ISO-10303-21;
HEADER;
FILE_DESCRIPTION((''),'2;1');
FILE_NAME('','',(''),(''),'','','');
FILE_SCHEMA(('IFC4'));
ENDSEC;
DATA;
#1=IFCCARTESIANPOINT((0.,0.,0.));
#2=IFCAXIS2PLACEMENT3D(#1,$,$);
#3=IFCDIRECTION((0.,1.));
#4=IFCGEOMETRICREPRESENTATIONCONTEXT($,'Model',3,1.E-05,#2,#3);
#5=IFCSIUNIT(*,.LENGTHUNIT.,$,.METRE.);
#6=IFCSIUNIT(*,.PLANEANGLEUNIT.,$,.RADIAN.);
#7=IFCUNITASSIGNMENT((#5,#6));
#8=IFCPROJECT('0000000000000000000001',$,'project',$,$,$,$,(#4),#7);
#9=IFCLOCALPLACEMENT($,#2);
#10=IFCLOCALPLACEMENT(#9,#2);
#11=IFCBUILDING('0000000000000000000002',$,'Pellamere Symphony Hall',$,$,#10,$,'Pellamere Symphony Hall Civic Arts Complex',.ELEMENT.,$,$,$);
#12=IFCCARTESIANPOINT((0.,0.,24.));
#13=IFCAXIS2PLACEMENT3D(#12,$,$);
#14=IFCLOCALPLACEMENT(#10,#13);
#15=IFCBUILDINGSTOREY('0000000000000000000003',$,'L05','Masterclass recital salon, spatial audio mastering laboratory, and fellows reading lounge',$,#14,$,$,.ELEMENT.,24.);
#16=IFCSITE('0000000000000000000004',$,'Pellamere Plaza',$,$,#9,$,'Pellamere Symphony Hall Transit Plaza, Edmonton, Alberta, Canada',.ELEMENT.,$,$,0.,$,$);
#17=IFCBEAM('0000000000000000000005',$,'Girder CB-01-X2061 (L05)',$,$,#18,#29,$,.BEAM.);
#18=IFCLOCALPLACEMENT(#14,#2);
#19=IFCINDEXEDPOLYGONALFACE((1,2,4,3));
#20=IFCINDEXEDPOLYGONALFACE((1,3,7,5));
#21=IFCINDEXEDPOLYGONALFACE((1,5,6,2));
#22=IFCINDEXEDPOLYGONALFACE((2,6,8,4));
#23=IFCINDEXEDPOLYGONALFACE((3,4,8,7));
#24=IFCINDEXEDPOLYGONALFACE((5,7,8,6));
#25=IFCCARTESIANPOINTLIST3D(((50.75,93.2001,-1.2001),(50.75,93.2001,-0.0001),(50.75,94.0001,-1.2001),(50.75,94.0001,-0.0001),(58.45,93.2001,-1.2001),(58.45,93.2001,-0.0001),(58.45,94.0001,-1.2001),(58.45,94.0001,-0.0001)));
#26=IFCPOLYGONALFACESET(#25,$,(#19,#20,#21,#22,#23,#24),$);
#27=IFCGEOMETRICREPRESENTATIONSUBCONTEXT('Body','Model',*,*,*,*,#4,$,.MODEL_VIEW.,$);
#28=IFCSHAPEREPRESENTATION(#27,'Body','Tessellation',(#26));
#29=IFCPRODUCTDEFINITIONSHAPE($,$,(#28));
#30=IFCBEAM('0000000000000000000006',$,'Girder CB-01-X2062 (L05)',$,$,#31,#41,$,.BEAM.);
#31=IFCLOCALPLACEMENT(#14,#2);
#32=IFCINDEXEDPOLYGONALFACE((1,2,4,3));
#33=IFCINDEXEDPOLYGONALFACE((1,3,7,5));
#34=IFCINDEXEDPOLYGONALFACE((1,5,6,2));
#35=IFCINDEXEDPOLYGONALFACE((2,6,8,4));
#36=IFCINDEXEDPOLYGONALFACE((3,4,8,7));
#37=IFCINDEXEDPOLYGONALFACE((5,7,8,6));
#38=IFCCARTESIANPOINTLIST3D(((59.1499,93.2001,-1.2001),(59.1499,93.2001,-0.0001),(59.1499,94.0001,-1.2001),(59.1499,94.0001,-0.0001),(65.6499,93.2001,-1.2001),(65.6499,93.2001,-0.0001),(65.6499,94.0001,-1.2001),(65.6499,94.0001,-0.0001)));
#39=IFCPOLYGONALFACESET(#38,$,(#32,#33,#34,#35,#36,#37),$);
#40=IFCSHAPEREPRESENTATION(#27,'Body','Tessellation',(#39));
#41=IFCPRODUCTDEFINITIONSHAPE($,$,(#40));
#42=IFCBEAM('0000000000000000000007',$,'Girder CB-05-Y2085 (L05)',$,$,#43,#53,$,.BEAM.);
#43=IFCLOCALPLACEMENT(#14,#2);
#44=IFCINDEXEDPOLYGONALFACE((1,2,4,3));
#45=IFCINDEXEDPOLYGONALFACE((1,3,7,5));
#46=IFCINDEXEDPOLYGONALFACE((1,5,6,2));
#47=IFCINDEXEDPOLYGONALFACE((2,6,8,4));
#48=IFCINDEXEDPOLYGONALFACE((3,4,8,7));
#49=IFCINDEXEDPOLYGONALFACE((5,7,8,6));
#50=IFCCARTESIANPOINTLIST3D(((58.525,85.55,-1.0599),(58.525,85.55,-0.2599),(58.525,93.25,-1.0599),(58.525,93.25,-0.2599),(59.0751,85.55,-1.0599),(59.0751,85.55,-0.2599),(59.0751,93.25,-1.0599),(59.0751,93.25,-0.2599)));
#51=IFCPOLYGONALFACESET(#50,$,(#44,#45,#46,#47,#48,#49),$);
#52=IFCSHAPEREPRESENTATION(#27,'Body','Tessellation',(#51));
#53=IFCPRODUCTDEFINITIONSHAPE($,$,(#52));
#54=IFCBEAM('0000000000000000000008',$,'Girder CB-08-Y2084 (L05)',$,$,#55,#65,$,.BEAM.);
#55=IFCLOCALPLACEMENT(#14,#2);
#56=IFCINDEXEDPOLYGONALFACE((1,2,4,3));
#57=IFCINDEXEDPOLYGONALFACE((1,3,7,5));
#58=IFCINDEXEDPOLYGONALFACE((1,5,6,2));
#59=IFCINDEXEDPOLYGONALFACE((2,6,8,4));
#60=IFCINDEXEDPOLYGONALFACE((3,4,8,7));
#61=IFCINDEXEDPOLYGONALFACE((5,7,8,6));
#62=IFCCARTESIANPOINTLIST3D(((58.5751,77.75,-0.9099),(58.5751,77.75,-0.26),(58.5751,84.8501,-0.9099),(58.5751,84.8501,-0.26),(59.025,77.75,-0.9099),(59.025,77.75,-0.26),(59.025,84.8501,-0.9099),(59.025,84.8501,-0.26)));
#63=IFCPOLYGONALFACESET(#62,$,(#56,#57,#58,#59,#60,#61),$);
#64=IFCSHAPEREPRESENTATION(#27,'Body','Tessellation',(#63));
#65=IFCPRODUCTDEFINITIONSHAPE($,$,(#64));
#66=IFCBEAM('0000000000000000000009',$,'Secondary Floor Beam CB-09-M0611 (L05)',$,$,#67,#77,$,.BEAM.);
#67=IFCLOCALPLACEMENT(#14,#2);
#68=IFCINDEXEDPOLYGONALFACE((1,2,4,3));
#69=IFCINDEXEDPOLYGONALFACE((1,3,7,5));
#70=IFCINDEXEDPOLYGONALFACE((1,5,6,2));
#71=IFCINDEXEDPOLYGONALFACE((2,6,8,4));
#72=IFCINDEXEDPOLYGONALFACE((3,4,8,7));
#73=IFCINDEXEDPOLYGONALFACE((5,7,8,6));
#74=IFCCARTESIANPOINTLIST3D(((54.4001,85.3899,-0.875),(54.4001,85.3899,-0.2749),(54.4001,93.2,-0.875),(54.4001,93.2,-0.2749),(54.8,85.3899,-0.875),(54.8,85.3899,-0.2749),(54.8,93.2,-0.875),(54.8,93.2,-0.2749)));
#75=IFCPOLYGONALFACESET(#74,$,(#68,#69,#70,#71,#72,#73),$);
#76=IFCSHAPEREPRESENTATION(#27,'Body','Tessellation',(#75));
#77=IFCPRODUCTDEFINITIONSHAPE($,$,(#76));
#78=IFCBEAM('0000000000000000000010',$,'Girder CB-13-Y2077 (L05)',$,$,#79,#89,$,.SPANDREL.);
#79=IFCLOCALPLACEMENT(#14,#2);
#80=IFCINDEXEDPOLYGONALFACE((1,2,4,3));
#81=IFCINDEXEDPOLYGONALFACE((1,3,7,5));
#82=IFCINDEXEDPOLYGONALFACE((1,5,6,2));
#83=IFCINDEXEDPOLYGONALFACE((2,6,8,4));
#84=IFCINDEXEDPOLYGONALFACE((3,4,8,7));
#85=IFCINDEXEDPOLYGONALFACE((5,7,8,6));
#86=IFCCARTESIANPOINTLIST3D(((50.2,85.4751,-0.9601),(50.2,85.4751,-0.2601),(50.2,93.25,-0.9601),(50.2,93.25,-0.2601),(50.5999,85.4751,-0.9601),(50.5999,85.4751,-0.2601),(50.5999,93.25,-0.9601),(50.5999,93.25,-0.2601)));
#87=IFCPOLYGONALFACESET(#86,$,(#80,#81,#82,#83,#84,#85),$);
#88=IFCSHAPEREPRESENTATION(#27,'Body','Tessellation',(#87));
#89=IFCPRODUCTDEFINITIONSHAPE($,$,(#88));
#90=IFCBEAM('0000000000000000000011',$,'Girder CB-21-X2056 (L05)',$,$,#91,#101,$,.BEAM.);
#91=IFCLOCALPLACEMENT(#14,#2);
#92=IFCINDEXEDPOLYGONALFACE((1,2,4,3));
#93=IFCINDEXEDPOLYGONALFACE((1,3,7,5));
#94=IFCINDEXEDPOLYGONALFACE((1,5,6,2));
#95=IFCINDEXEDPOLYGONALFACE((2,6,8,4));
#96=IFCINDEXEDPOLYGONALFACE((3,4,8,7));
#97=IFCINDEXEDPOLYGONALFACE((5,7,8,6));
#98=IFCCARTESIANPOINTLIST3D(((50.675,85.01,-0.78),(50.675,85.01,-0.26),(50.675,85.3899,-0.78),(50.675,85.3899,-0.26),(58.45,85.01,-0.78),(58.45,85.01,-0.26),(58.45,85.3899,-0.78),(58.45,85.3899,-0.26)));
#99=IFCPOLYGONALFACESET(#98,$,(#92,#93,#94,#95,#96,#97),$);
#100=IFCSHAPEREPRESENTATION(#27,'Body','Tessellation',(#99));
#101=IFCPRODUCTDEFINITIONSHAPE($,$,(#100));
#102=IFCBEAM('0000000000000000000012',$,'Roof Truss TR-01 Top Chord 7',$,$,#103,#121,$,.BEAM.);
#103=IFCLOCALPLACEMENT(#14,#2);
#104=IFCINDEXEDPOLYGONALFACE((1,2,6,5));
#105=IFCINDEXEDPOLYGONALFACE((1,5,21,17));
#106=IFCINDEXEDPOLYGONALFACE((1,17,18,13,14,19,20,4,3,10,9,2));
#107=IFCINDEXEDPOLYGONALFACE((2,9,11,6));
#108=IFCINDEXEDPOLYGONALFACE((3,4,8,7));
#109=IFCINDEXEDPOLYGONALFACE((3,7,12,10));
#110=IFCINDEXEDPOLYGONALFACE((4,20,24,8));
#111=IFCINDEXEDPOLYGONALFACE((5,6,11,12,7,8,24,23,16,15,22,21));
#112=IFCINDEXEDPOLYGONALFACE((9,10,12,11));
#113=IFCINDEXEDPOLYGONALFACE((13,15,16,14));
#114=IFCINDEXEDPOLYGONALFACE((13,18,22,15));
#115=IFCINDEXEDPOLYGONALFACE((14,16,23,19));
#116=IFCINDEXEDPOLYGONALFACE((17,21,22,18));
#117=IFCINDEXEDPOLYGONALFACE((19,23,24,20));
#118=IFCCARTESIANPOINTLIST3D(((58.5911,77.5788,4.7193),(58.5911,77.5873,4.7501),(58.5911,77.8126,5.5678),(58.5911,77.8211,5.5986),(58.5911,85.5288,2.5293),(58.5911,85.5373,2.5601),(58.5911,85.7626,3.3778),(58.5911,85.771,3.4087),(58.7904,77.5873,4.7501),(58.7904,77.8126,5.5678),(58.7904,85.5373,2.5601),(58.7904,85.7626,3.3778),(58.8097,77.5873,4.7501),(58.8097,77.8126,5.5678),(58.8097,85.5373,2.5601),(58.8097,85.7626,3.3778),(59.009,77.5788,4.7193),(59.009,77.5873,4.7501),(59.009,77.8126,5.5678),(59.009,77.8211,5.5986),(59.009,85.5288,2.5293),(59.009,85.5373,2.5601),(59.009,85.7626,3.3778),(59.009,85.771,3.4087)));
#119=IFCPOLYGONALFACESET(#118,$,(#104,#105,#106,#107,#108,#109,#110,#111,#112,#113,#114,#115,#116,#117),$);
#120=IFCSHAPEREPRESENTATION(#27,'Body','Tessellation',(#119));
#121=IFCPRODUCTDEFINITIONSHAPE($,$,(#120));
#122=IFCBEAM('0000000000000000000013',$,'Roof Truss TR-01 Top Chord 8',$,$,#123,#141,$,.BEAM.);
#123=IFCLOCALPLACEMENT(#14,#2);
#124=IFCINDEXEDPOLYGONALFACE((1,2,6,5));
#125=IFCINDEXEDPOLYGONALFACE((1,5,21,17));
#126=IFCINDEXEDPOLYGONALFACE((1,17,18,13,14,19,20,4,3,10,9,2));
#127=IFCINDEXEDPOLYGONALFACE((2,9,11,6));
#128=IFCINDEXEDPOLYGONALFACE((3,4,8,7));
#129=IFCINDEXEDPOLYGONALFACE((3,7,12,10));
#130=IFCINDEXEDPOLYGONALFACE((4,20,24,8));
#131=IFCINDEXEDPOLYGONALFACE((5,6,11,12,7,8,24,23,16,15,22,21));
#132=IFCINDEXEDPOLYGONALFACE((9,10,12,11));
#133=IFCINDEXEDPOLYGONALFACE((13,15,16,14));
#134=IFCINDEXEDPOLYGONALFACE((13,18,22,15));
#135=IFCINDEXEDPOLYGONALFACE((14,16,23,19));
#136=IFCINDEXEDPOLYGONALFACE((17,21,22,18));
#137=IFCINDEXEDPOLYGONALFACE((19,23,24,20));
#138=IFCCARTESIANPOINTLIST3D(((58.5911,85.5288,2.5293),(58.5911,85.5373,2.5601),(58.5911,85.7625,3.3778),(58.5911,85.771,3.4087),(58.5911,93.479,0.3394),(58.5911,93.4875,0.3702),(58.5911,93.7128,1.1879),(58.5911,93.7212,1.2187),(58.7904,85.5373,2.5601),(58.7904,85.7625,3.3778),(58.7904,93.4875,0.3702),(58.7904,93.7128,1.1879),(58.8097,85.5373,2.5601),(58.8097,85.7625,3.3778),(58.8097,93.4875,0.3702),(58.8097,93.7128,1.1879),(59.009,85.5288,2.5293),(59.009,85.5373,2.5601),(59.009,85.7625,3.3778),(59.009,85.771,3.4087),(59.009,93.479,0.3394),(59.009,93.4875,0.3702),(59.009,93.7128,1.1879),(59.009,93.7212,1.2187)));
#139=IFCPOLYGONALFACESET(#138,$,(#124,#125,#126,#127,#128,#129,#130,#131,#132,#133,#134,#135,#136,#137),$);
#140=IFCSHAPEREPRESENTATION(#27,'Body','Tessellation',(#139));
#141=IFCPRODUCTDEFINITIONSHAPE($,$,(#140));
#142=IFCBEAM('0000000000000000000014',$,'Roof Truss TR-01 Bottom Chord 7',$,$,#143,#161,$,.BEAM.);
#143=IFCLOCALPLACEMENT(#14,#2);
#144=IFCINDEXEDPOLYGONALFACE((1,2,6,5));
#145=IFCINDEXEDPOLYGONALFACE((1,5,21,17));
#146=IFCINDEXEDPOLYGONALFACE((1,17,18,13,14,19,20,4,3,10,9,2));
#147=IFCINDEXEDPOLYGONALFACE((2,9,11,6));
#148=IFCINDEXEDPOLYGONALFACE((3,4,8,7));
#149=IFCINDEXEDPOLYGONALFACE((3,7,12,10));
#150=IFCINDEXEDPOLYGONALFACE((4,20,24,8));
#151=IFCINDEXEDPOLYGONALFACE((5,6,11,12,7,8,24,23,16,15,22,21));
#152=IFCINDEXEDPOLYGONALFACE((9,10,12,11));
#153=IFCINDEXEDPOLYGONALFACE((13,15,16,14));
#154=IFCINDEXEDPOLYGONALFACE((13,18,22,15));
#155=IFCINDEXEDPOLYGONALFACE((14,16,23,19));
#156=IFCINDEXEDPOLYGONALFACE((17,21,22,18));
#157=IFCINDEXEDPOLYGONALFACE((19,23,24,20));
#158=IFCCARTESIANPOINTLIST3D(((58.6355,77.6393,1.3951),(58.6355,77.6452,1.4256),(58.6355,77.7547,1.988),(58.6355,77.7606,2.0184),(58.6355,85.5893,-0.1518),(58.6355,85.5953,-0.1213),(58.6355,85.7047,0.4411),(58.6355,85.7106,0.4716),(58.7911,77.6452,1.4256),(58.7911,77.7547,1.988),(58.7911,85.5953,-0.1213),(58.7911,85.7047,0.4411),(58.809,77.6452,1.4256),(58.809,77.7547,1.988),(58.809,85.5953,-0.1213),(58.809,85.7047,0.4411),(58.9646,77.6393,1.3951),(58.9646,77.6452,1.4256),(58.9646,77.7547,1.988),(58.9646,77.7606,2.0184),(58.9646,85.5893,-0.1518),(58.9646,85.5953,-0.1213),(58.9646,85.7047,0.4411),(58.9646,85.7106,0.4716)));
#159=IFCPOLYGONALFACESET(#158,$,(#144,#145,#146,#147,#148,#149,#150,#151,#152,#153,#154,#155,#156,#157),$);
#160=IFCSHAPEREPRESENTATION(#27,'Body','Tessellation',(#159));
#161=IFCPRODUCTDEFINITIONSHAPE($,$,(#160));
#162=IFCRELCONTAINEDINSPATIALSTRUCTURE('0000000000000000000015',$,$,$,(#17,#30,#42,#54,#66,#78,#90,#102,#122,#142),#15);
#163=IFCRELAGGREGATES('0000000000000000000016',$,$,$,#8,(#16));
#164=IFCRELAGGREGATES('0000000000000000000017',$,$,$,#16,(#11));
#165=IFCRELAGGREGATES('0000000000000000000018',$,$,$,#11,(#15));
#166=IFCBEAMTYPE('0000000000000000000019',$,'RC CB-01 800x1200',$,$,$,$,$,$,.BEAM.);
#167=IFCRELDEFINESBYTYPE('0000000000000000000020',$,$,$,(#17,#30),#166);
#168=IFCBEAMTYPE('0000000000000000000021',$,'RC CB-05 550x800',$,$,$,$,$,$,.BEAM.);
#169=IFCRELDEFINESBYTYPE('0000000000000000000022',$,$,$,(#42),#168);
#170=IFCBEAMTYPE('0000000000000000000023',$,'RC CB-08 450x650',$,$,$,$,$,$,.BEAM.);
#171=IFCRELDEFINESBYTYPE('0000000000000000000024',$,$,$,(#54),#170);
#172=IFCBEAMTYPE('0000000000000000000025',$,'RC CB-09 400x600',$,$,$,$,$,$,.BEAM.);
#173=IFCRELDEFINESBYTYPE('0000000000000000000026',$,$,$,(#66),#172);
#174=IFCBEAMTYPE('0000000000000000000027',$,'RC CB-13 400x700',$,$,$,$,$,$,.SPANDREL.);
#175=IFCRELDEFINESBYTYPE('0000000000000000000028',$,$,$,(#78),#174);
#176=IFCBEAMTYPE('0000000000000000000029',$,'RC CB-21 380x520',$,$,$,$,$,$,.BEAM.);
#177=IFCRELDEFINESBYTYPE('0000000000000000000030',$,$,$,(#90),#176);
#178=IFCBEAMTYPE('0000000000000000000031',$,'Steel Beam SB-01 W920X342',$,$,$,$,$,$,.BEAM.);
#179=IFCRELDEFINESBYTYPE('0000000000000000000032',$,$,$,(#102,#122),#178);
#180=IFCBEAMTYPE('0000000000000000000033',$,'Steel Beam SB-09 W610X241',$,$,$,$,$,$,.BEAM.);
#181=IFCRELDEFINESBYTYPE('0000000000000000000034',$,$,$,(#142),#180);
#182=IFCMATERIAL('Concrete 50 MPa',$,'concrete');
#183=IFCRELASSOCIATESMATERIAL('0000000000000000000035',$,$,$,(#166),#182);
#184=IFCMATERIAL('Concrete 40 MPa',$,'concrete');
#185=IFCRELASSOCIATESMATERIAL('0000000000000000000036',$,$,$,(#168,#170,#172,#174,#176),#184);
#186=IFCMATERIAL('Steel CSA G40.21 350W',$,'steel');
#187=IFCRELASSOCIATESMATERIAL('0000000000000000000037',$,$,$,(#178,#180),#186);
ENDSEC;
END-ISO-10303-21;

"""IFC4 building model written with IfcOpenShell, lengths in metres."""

from ifc_helpers import new_model, si_unit, direction, frame, origin, origin_2d, place, context, subcontext, project, spatial, rectangle, i_section, extrude, material, material_profile, profile_set, type_object, element, save


model = new_model("IFC4")

# Units and contexts
model_context = context("Model", 3, precision=1e-05, world=origin(), true_north=direction((0.0, 1.0)))
body_context = subcontext(model_context, "Body", "Model", "MODEL_VIEW")
ifc_project = project(units=[si_unit("LENGTHUNIT", "METRE"), si_unit("PLANEANGLEUNIT", "RADIAN")], contexts=[model_context])

# Site, building, storey
site_placement = place(None, origin())
site = spatial("IfcSite", under=ifc_project, at=site_placement, Name="Pellamere Plaza", LongName="Pellamere Symphony Hall Transit Plaza, Edmonton, Alberta, Canada", CompositionType="ELEMENT", RefElevation=0.0)
building_placement = place(site_placement, origin())
building = spatial("IfcBuilding", under=site, at=building_placement, Name="Pellamere Symphony Hall", LongName="Pellamere Symphony Hall Civic Arts Complex", CompositionType="ELEMENT")
storey_placement = place(building_placement, frame((0.0, 0.0, 24.0)))
storey = spatial("IfcBuildingStorey", under=building, at=storey_placement, Name="L05", Description="Masterclass recital salon, spatial audio mastering laboratory, and fellows reading lounge", CompositionType="ELEMENT", Elevation=24.0)

# Beams
ifc_material_1 = material(Name="Concrete 50 MPa", Category="concrete")
ifc_material_profile_1 = material_profile(ifc_material_1, rectangle(XDim=0.8, YDim=1.2, at=origin_2d()), Name="RC 800x1200")
ifc_profile_set_1 = profile_set([ifc_material_profile_1], Name="Concrete 50 MPa")
beam_type_1 = type_object("IfcBeamType", Name="RC CB-01 800x1200", PredefinedType="BEAM", material=ifc_profile_set_1)
beam_1_placement = place(storey_placement, frame((50.75, 93.6001, -0.6001), z_axis=(1.0, 0.0, 0.0), x_axis=(0.0, 1.0, 0.0)))
element("IfcBeam", 1, at=beam_1_placement, inside=storey, type_object=beam_type_1, Name="Girder CB-01-X2061 (L05)", PredefinedType="BEAM", context=body_context, shape_type="SweptSolid", body=[
    extrude(rectangle(XDim=0.8, YDim=1.2, at=origin_2d()), origin(), (0.0, 0.0, 1.0), 7.7),
])
beam_2_placement = place(storey_placement, frame((59.1499, 93.6001, -0.6001), z_axis=(1.0, 0.0, 0.0), x_axis=(0.0, 1.0, 0.0)))
element("IfcBeam", 2, at=beam_2_placement, inside=storey, type_object=beam_type_1, Name="Girder CB-01-X2062 (L05)", PredefinedType="BEAM", context=body_context, shape_type="SweptSolid", body=[
    extrude(rectangle(XDim=0.8, YDim=1.2, at=origin_2d()), origin(), (0.0, 0.0, 1.0), 6.5),
])
ifc_material_2 = material(Name="Concrete 40 MPa", Category="concrete")
ifc_material_profile_2 = material_profile(ifc_material_2, rectangle(XDim=0.55, YDim=0.8, at=origin_2d()), Name="RC 550x800")
ifc_profile_set_2 = profile_set([ifc_material_profile_2], Name="Concrete 40 MPa")
beam_type_2 = type_object("IfcBeamType", Name="RC CB-05 550x800", PredefinedType="BEAM", material=ifc_profile_set_2)
beam_3_placement = place(storey_placement, frame((58.8, 85.55, -0.6599), z_axis=(0.0, 1.0, 0.0), x_axis=(-1.0, 0.0, 0.0)))
element("IfcBeam", 3, at=beam_3_placement, inside=storey, type_object=beam_type_2, Name="Girder CB-05-Y2085 (L05)", PredefinedType="BEAM", context=body_context, shape_type="SweptSolid", body=[
    extrude(rectangle(XDim=0.55, YDim=0.8, at=origin_2d()), origin(), (0.0, 0.0, 1.0), 7.7),
])
ifc_material_profile_3 = material_profile(ifc_material_2, rectangle(XDim=0.45, YDim=0.6499, at=origin_2d()), Name="RC 450x650")
ifc_profile_set_3 = profile_set([ifc_material_profile_3], Name="Concrete 40 MPa")
beam_type_3 = type_object("IfcBeamType", Name="RC CB-08 450x650", PredefinedType="BEAM", material=ifc_profile_set_3)
beam_4_placement = place(storey_placement, frame((58.8, 77.75, -0.585), z_axis=(0.0, 1.0, 0.0), x_axis=(-1.0, 0.0, 0.0)))
element("IfcBeam", 4, at=beam_4_placement, inside=storey, type_object=beam_type_3, Name="Girder CB-08-Y2084 (L05)", PredefinedType="BEAM", context=body_context, shape_type="SweptSolid", body=[
    extrude(rectangle(XDim=0.45, YDim=0.6499, at=origin_2d()), origin(), (0.0, 0.0, 1.0), 7.1001),
])
ifc_material_profile_4 = material_profile(ifc_material_2, rectangle(XDim=0.3999, YDim=0.6001, at=origin_2d()), Name="RC 400x600")
ifc_profile_set_4 = profile_set([ifc_material_profile_4], Name="Concrete 40 MPa")
beam_type_4 = type_object("IfcBeamType", Name="RC CB-09 400x600", PredefinedType="BEAM", material=ifc_profile_set_4)
beam_5_placement = place(storey_placement, frame((54.6001, 85.3899, -0.575), z_axis=(0.0, 1.0, 0.0), x_axis=(-1.0, 0.0, 0.0)))
element("IfcBeam", 5, at=beam_5_placement, inside=storey, type_object=beam_type_4, Name="Secondary Floor Beam CB-09-M0611 (L05)", PredefinedType="BEAM", context=body_context, shape_type="SweptSolid", body=[
    extrude(rectangle(XDim=0.3999, YDim=0.6001, at=origin_2d()), origin(), (0.0, 0.0, 1.0), 7.8101),
])
ifc_material_profile_5 = material_profile(ifc_material_2, rectangle(XDim=0.3999, YDim=0.7, at=origin_2d()), Name="RC 400x700")
ifc_profile_set_5 = profile_set([ifc_material_profile_5], Name="Concrete 40 MPa")
beam_type_5 = type_object("IfcBeamType", Name="RC CB-13 400x700", PredefinedType="SPANDREL", material=ifc_profile_set_5)
beam_6_placement = place(storey_placement, frame((50.3999, 85.4751, -0.6101), z_axis=(0.0, 1.0, 0.0), x_axis=(-1.0, 0.0, 0.0)))
element("IfcBeam", 6, at=beam_6_placement, inside=storey, type_object=beam_type_5, Name="Girder CB-13-Y2077 (L05)", PredefinedType="SPANDREL", context=body_context, shape_type="SweptSolid", body=[
    extrude(rectangle(XDim=0.3999, YDim=0.7, at=origin_2d()), origin(), (0.0, 0.0, 1.0), 7.7749),
])
ifc_material_profile_6 = material_profile(ifc_material_2, rectangle(XDim=0.3799, YDim=0.52, at=origin_2d()), Name="RC 380x520")
ifc_profile_set_6 = profile_set([ifc_material_profile_6], Name="Concrete 40 MPa")
beam_type_6 = type_object("IfcBeamType", Name="RC CB-21 380x520", PredefinedType="BEAM", material=ifc_profile_set_6)
beam_7_placement = place(storey_placement, frame((50.675, 85.2, -0.52), z_axis=(1.0, 0.0, 0.0), x_axis=(0.0, 1.0, 0.0)))
element("IfcBeam", 7, at=beam_7_placement, inside=storey, type_object=beam_type_6, Name="Girder CB-21-X2056 (L05)", PredefinedType="BEAM", context=body_context, shape_type="SweptSolid", body=[
    extrude(rectangle(XDim=0.3799, YDim=0.52, at=origin_2d()), origin(), (0.0, 0.0, 1.0), 7.7749),
])
ifc_material_3 = material(Name="Steel CSA G40.21 350W", Category="steel")
ifc_material_profile_7 = material_profile(ifc_material_3, i_section(OverallWidth=0.418, OverallDepth=0.9121, WebThickness=0.0193, FlangeThickness=0.032, at=origin_2d()), Name="W920X342")
ifc_profile_set_7 = profile_set([ifc_material_profile_7], Name="Steel CSA G40.21 350W")
beam_type_7 = type_object("IfcBeamType", Name="Steel Beam SB-01 W920X342", PredefinedType="BEAM", material=ifc_profile_set_7)
beam_8_placement = place(storey_placement, frame((58.8, 77.7, 5.1589), z_axis=(0.0, 0.96409, -0.265574), x_axis=(-1.0, 0.0, 0.0)))
element("IfcBeam", 8, at=beam_8_placement, inside=storey, type_object=beam_type_7, Name="Roof Truss TR-01 Top Chord 7", PredefinedType="BEAM", context=body_context, shape_type="SweptSolid", body=[
    extrude(i_section(OverallWidth=0.418, OverallDepth=0.9121, WebThickness=0.0193, FlangeThickness=0.032, at=origin_2d()), origin(), (0.0, 0.0, 1.0), 8.2461),
])
beam_9_placement = place(storey_placement, frame((58.8, 85.6499, 2.969), z_axis=(0.0, 0.964093, -0.265567), x_axis=(-1.0, 0.0, 0.0)))
element("IfcBeam", 9, at=beam_9_placement, inside=storey, type_object=beam_type_7, Name="Roof Truss TR-01 Top Chord 8", PredefinedType="BEAM", context=body_context, shape_type="SweptSolid", body=[
    extrude(i_section(OverallWidth=0.418, OverallDepth=0.9121, WebThickness=0.0193, FlangeThickness=0.032, at=origin_2d()), origin(), (0.0, 0.0, 1.0), 8.2463),
])
ifc_material_profile_8 = material_profile(ifc_material_3, i_section(OverallWidth=0.3291, OverallDepth=0.635, WebThickness=0.0178, FlangeThickness=0.031, at=origin_2d()), Name="W610X241")
ifc_profile_set_8 = profile_set([ifc_material_profile_8], Name="Steel CSA G40.21 350W")
beam_type_8 = type_object("IfcBeamType", Name="Steel Beam SB-09 W610X241", PredefinedType="BEAM", material=ifc_profile_set_8)
beam_10_placement = place(storey_placement, frame((58.8, 77.7, 1.7068), z_axis=(0.0, 0.981591, -0.190995), x_axis=(-1.0, 0.0, 0.0)))
element("IfcBeam", 10, at=beam_10_placement, inside=storey, type_object=beam_type_8, Name="Roof Truss TR-01 Bottom Chord 7", PredefinedType="BEAM", context=body_context, shape_type="SweptSolid", body=[
    extrude(i_section(OverallWidth=0.3291, OverallDepth=0.635, WebThickness=0.0178, FlangeThickness=0.031, at=origin_2d()), origin(), (0.0, 0.0, 1.0), 8.0991),
])

save(model, "model.ifc")
